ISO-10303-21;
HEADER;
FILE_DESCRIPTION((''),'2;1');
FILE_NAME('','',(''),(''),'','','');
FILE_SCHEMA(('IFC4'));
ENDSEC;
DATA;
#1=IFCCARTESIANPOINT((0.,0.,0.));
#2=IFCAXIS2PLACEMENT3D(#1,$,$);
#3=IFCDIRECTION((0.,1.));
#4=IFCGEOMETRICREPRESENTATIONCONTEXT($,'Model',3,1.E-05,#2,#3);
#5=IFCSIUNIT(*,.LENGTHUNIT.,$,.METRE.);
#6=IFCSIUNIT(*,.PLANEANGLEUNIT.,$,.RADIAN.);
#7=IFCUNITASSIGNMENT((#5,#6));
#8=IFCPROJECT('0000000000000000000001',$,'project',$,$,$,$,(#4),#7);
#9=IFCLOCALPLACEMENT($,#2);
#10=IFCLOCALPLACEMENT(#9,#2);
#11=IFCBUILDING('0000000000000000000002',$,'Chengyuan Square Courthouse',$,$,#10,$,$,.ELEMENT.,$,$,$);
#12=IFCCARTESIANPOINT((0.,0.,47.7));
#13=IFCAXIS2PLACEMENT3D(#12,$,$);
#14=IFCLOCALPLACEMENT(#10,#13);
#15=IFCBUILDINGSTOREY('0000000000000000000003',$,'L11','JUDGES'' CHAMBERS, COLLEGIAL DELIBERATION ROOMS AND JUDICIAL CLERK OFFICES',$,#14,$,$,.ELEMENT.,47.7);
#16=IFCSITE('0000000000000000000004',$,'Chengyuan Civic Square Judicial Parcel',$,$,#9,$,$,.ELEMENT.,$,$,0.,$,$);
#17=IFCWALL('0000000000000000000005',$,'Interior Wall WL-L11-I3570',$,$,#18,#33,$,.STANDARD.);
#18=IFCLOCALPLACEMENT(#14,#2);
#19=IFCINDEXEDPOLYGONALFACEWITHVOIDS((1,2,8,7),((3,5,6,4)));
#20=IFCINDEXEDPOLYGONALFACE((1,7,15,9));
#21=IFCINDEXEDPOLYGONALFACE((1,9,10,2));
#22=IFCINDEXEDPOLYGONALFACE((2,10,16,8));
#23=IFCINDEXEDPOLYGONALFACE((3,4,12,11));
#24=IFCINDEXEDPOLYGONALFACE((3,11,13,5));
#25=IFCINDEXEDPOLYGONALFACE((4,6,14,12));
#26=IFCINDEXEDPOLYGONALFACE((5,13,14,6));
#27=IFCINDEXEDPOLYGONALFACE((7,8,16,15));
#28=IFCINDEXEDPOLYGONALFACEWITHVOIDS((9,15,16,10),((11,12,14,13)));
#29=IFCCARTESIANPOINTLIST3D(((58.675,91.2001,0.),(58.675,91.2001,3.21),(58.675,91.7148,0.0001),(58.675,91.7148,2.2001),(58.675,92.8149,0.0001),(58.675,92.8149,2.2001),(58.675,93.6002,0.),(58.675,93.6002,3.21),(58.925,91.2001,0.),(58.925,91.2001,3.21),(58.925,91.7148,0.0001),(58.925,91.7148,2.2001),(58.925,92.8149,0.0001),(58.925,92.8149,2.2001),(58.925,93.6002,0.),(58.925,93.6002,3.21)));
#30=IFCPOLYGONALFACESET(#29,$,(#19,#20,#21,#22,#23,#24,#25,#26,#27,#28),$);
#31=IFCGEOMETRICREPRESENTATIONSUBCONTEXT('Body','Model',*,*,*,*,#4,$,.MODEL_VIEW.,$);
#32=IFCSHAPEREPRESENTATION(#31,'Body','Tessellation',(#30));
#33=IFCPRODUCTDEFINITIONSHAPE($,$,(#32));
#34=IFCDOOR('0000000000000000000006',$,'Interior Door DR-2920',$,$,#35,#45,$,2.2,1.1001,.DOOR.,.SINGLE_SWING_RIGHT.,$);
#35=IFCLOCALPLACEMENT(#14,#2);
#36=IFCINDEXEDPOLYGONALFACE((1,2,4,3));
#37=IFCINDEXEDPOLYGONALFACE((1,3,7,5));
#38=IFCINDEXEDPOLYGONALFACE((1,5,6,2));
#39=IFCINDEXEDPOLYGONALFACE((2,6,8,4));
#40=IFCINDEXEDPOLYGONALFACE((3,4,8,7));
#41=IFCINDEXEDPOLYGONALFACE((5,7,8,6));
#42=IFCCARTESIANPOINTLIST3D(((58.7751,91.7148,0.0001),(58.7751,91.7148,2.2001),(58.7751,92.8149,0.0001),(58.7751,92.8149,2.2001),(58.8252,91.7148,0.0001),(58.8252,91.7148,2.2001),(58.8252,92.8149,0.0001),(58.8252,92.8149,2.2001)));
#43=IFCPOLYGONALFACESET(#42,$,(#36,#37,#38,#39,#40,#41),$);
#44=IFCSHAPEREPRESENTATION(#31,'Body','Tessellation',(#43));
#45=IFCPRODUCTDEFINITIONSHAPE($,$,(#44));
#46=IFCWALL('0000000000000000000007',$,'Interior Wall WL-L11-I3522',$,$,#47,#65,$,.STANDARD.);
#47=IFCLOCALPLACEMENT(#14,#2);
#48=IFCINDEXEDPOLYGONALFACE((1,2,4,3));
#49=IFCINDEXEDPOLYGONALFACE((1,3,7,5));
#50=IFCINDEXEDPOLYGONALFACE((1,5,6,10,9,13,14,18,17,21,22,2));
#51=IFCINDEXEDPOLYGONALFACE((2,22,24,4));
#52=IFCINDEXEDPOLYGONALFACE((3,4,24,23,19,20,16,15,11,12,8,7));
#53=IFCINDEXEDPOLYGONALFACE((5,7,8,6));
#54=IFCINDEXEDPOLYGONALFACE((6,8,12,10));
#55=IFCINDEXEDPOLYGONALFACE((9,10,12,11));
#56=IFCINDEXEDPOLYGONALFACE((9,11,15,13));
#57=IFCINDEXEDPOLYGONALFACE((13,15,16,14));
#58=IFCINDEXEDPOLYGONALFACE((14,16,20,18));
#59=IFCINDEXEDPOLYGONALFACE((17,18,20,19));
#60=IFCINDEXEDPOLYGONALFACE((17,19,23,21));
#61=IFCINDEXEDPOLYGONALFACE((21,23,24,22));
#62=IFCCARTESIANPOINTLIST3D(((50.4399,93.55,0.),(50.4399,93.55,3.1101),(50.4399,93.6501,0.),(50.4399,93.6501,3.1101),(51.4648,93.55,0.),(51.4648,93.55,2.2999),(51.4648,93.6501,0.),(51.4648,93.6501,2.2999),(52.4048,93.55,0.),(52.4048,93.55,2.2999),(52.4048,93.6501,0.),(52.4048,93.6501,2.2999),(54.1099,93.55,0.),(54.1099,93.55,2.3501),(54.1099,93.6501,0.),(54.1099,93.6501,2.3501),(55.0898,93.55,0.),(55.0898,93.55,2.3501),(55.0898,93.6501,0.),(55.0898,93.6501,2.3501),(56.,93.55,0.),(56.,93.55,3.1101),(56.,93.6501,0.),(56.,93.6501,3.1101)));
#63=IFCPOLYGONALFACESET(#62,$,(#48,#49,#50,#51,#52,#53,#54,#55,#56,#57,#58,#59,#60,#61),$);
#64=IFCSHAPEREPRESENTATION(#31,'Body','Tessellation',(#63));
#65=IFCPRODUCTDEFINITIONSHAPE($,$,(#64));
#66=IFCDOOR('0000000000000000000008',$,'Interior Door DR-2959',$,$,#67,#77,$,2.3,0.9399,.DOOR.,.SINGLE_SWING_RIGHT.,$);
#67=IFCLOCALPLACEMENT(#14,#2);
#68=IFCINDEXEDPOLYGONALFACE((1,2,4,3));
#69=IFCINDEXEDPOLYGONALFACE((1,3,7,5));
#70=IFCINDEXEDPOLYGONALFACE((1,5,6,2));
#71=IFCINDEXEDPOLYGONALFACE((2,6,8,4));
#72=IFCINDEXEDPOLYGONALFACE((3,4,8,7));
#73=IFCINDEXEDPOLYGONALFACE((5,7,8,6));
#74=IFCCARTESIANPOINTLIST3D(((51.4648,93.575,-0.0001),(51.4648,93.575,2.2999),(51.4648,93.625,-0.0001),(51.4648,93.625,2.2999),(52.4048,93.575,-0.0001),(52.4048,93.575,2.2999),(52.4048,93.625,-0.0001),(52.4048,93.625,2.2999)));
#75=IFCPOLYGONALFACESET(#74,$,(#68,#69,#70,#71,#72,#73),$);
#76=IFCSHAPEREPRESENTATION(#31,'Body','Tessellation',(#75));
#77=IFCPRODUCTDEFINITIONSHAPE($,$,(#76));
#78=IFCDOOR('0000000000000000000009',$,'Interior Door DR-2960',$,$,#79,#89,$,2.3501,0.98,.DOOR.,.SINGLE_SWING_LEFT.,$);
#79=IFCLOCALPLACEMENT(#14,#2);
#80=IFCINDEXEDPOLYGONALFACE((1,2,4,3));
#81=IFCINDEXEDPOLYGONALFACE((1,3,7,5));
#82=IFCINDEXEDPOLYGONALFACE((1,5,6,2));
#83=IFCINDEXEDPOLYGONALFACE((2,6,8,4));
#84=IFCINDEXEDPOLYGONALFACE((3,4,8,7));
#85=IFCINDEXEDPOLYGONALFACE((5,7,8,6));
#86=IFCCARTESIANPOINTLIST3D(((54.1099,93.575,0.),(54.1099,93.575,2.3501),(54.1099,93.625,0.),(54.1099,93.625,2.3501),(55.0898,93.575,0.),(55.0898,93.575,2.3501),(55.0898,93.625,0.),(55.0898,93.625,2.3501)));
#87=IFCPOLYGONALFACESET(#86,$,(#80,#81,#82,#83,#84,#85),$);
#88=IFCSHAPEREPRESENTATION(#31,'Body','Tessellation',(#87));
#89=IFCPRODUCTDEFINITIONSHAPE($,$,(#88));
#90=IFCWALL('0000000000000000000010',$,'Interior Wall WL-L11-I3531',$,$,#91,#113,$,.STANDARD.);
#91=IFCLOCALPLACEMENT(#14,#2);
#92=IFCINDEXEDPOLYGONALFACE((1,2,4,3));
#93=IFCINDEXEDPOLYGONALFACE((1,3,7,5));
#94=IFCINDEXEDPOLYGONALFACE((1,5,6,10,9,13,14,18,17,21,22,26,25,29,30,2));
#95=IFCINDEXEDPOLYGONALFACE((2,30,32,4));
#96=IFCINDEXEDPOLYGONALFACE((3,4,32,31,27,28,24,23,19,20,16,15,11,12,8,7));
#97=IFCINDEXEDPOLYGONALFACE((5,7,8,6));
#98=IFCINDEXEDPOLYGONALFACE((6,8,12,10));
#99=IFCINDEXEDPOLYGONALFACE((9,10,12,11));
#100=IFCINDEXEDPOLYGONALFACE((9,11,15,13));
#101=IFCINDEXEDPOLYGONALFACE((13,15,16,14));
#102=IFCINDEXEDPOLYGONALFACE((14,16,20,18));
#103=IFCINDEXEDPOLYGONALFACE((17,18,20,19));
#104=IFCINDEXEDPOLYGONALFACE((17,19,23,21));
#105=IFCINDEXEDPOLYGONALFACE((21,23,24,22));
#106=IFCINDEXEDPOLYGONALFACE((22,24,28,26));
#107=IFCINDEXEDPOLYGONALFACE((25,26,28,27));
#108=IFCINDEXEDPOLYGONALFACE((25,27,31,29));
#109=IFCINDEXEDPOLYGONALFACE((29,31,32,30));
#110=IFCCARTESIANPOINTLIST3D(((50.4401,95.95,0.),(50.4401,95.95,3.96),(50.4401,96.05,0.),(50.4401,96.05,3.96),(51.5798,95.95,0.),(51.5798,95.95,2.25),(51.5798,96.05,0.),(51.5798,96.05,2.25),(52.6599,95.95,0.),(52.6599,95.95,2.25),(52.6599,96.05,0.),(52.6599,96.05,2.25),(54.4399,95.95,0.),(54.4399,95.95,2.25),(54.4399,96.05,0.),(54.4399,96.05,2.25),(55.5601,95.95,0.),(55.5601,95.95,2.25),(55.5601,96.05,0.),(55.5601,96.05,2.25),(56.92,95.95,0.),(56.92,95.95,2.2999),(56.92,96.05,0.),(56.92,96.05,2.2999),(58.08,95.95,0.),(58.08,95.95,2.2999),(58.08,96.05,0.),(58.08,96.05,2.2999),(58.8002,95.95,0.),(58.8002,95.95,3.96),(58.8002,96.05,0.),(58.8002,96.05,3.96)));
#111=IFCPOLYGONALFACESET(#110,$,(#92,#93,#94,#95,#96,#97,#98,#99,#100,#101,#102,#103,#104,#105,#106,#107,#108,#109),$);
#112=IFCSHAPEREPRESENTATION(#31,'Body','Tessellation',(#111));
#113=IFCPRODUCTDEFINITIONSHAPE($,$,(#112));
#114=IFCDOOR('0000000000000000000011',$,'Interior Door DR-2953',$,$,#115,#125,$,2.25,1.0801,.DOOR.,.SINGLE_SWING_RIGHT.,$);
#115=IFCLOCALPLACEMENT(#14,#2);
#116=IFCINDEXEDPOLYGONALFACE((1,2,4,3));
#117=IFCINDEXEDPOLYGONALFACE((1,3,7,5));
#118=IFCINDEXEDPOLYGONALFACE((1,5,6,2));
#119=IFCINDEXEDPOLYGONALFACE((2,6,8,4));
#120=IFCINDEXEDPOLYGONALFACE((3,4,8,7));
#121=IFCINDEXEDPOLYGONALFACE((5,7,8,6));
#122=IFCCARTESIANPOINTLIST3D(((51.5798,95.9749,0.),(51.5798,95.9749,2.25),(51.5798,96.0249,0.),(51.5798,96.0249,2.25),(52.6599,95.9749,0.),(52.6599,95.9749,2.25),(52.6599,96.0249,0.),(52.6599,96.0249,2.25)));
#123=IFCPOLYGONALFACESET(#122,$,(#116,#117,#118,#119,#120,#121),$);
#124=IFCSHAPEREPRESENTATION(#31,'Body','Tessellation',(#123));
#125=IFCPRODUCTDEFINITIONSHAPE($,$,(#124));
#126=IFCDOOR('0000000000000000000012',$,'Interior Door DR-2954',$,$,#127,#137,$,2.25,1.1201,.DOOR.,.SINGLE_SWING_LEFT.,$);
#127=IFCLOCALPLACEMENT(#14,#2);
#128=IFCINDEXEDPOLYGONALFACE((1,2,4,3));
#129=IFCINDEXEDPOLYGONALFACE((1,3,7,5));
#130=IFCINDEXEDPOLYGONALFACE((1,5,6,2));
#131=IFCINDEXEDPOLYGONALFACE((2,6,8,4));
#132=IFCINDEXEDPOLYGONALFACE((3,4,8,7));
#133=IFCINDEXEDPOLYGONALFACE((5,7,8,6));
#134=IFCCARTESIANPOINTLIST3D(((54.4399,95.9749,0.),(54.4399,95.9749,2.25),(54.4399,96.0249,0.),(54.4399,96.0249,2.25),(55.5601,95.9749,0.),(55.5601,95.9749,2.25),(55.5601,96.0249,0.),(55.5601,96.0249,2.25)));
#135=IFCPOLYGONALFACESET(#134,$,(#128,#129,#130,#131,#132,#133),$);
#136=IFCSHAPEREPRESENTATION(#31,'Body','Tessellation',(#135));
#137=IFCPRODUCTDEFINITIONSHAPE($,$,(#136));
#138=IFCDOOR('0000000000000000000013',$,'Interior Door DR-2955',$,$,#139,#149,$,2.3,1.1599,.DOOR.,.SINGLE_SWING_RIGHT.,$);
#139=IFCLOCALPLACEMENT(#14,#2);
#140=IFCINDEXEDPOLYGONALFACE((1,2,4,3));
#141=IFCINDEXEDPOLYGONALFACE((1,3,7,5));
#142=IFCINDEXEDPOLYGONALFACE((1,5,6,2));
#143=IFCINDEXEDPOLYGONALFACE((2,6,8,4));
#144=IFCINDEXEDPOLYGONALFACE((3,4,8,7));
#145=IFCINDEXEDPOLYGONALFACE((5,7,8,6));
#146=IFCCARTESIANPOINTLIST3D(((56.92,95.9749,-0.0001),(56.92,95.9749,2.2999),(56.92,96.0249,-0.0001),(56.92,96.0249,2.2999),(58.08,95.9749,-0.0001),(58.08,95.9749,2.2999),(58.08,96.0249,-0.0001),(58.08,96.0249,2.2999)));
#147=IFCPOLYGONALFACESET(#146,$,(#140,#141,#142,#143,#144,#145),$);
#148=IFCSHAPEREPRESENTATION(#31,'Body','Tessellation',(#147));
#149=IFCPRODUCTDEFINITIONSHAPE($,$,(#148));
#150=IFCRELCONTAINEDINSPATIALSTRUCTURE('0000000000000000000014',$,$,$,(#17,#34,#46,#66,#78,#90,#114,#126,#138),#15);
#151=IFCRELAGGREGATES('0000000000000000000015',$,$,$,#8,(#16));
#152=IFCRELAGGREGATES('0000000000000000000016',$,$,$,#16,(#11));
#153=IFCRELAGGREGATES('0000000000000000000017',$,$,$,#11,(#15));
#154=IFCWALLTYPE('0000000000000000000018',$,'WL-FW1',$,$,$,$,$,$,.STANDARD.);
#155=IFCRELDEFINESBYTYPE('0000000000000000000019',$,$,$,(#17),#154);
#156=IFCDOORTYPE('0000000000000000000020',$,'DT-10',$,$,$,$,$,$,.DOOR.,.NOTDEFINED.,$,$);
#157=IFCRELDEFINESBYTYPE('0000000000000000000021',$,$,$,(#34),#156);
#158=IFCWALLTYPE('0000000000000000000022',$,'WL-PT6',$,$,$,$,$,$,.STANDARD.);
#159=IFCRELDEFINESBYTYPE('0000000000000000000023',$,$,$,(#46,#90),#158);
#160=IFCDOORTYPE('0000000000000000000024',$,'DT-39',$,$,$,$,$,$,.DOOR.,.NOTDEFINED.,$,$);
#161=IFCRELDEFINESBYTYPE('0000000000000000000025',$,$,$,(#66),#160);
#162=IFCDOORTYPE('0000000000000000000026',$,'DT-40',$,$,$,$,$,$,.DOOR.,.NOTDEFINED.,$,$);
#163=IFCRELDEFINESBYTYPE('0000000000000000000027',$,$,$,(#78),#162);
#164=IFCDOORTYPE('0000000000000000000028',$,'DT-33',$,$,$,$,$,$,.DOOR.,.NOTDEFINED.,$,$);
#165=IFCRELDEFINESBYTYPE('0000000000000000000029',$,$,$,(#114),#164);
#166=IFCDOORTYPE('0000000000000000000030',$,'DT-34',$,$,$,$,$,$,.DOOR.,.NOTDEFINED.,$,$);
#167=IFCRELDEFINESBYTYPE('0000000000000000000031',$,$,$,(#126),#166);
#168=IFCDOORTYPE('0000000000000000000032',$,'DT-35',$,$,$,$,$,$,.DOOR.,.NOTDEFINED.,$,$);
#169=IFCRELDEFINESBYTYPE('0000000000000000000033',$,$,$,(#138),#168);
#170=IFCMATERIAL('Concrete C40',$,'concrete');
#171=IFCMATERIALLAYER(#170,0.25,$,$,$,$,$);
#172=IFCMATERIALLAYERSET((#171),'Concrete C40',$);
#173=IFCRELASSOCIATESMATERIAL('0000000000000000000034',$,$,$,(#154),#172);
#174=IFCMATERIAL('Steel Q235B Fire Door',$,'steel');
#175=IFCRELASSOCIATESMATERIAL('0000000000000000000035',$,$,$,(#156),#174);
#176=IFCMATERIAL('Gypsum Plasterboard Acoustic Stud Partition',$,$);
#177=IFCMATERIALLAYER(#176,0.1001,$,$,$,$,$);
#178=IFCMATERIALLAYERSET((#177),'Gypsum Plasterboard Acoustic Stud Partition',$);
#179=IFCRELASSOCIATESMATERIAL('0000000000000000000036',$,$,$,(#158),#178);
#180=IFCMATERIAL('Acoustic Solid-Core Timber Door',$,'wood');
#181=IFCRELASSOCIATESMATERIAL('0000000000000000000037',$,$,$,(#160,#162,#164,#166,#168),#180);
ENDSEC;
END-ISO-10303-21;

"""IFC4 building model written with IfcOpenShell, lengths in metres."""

from ifc_helpers import new_model, si_unit, direction, frame, frame_2d, origin, place, context, subcontext, project, spatial, rectangle, extrude, material, layer, layer_set, type_object, element, fill, save


model = new_model("IFC4")

# Units and contexts
model_context = context("Model", 3, precision=1e-05, world=origin(), true_north=direction((0.0, 1.0)))
body_context = subcontext(model_context, "Body", "Model", "MODEL_VIEW")
ifc_project = project(units=[si_unit("LENGTHUNIT", "METRE"), si_unit("PLANEANGLEUNIT", "RADIAN")], contexts=[model_context])

# Site, building, storey
site_placement = place(None, origin())
site = spatial("IfcSite", under=ifc_project, at=site_placement, Name="Chengyuan Civic Square Judicial Parcel", CompositionType="ELEMENT", RefElevation=0.0)
building_placement = place(site_placement, origin())
building = spatial("IfcBuilding", under=site, at=building_placement, Name="Chengyuan Square Courthouse", CompositionType="ELEMENT")
storey_placement = place(building_placement, frame((0.0, 0.0, 47.7)))
storey = spatial("IfcBuildingStorey", under=building, at=storey_placement, Name="L11", Description="JUDGES' CHAMBERS, COLLEGIAL DELIBERATION ROOMS AND JUDICIAL CLERK OFFICES", CompositionType="ELEMENT", Elevation=47.7)

# Wall, opening, door
ifc_material_1 = material(Name="Concrete C40", Category="concrete")
ifc_layer_1 = layer(ifc_material_1, 0.25)
ifc_layer_set_1 = layer_set([ifc_layer_1], Name="Concrete C40")
wall_type_1 = type_object("IfcWallType", Name="WL-FW1", PredefinedType="STANDARD", material=ifc_layer_set_1)
wall_1_placement = place(storey_placement, frame((58.8, 91.2, 0.0), z_axis=(0.0, 0.0, 1.0), x_axis=(0.0, 1.0, 0.0)))
wall_1 = element("IfcWall", 1, at=wall_1_placement, inside=storey, type_object=wall_type_1, Name="Interior Wall WL-L11-I3570", PredefinedType="STANDARD", context=body_context, shape_type="SweptSolid", body=[
    extrude(rectangle(XDim=2.4001, YDim=0.25, at=frame_2d((1.2002, 0.0))), origin(), (0.0, 0.0, 1.0), 3.21),
])
opening_1_placement = place(wall_1_placement, frame((0.5149, 0.0, 0.0)))
opening_1 = element("IfcOpeningElement", 2, at=opening_1_placement, cuts=wall_1, PredefinedType="OPENING", context=body_context, shape_type="SweptSolid", body=[
    extrude(rectangle(XDim=1.1001, YDim=2.2, at=frame_2d((0.55, 1.1001))), frame((0.0, 0.137, 0.0), z_axis=(0.0, -1.0, 0.0), x_axis=(1.0, 0.0, 0.0)), (0.0, 0.0, 1.0), 0.2739),
])
ifc_material_2 = material(Name="Steel Q235B Fire Door", Category="steel")
door_type_1 = type_object("IfcDoorType", Name="DT-10", OperationType="NOTDEFINED", PredefinedType="DOOR", material=ifc_material_2)
door_1_placement = place(opening_1_placement, origin())
door_1 = element("IfcDoor", 3, at=door_1_placement, inside=storey, type_object=door_type_1, Name="Interior Door DR-2920", OperationType="SINGLE_SWING_RIGHT", OverallHeight=2.2, OverallWidth=1.1001, PredefinedType="DOOR", context=body_context, shape_type="SweptSolid", body=[
    extrude(rectangle(XDim=1.1001, YDim=2.2, at=frame_2d((0.55, 1.1001))), frame((0.0, 0.0249, 0.0), z_axis=(0.0, -1.0, 0.0), x_axis=(1.0, 0.0, 0.0)), (0.0, 0.0, 1.0), 0.05),
])
fill(opening_1, door_1)
ifc_material_3 = material(Name="Acoustic Solid-Core Timber Door", Category="wood")

# Walls, openings, doors
ifc_material_4 = material(Name="Gypsum Plasterboard Acoustic Stud Partition")
ifc_layer_2 = layer(ifc_material_4, 0.1001)
ifc_layer_set_2 = layer_set([ifc_layer_2], Name="Gypsum Plasterboard Acoustic Stud Partition")
wall_type_2 = type_object("IfcWallType", Name="WL-PT6", PredefinedType="STANDARD", material=ifc_layer_set_2)
wall_2_placement = place(storey_placement, frame((50.4399, 93.6001, 0.0), z_axis=(0.0, 0.0, 1.0), x_axis=(1.0, 0.0, 0.0)))
wall_2 = element("IfcWall", 4, at=wall_2_placement, inside=storey, type_object=wall_type_2, Name="Interior Wall WL-L11-I3522", PredefinedType="STANDARD", context=body_context, shape_type="SweptSolid", body=[
    extrude(rectangle(XDim=5.5601, YDim=0.1001, at=frame_2d((2.78, 0.0))), origin(), (0.0, 0.0, 1.0), 3.1101),
])
opening_2_placement = place(wall_2_placement, frame((1.0249, 0.0, 0.0)))
opening_2 = element("IfcOpeningElement", 5, at=opening_2_placement, cuts=wall_2, PredefinedType="OPENING", context=body_context, shape_type="SweptSolid", body=[
    extrude(rectangle(XDim=0.9399, YDim=2.3, at=frame_2d((0.47, 1.1499))), frame((0.0, 0.062, 0.0), z_axis=(0.0, -1.0, 0.0), x_axis=(1.0, 0.0, 0.0)), (0.0, 0.0, 1.0), 0.124),
])
opening_3_placement = place(wall_2_placement, frame((3.6699, 0.0, 0.0)))
opening_3 = element("IfcOpeningElement", 6, at=opening_3_placement, cuts=wall_2, PredefinedType="OPENING", context=body_context, shape_type="SweptSolid", body=[
    extrude(rectangle(XDim=0.98, YDim=2.3501, at=frame_2d((0.49, 1.175))), frame((0.0, 0.062, 0.0), z_axis=(0.0, -1.0, 0.0), x_axis=(1.0, 0.0, 0.0)), (0.0, 0.0, 1.0), 0.124),
])
door_type_2 = type_object("IfcDoorType", Name="DT-39", OperationType="NOTDEFINED", PredefinedType="DOOR", material=ifc_material_3)
door_2_placement = place(opening_2_placement, origin())
door_2 = element("IfcDoor", 7, at=door_2_placement, inside=storey, type_object=door_type_2, Name="Interior Door DR-2959", OperationType="SINGLE_SWING_RIGHT", OverallHeight=2.3, OverallWidth=0.9399, PredefinedType="DOOR", context=body_context, shape_type="SweptSolid", body=[
    extrude(rectangle(XDim=0.9399, YDim=2.3, at=frame_2d((0.47, 1.1499))), frame((0.0, 0.0249, 0.0), z_axis=(0.0, -1.0, 0.0), x_axis=(1.0, 0.0, 0.0)), (0.0, 0.0, 1.0), 0.05),
])
fill(opening_2, door_2)
door_type_3 = type_object("IfcDoorType", Name="DT-40", OperationType="NOTDEFINED", PredefinedType="DOOR", material=ifc_material_3)
door_3_placement = place(opening_3_placement, origin())
door_3 = element("IfcDoor", 8, at=door_3_placement, inside=storey, type_object=door_type_3, Name="Interior Door DR-2960", OperationType="SINGLE_SWING_LEFT", OverallHeight=2.3501, OverallWidth=0.98, PredefinedType="DOOR", context=body_context, shape_type="SweptSolid", body=[
    extrude(rectangle(XDim=0.98, YDim=2.3501, at=frame_2d((0.49, 1.175))), frame((0.0, 0.0249, 0.0), z_axis=(0.0, -1.0, 0.0), x_axis=(1.0, 0.0, 0.0)), (0.0, 0.0, 1.0), 0.05),
])
fill(opening_3, door_3)
wall_3_placement = place(storey_placement, frame((50.4399, 96.0, 0.0), z_axis=(0.0, 0.0, 1.0), x_axis=(1.0, 0.0, 0.0)))
wall_3 = element("IfcWall", 9, at=wall_3_placement, inside=storey, type_object=wall_type_2, Name="Interior Wall WL-L11-I3531", PredefinedType="STANDARD", context=body_context, shape_type="SweptSolid", body=[
    extrude(rectangle(XDim=8.3601, YDim=0.1001, at=frame_2d((4.1802, 0.0))), origin(), (0.0, 0.0, 1.0), 3.96),
])
opening_4_placement = place(wall_3_placement, frame((1.1399, 0.0, 0.0)))
opening_4 = element("IfcOpeningElement", 10, at=opening_4_placement, cuts=wall_3, PredefinedType="OPENING", context=body_context, shape_type="SweptSolid", body=[
    extrude(rectangle(XDim=1.0801, YDim=2.25, at=frame_2d((0.54, 1.125))), frame((0.0, 0.062, 0.0), z_axis=(0.0, -1.0, 0.0), x_axis=(1.0, 0.0, 0.0)), (0.0, 0.0, 1.0), 0.124),
])
opening_5_placement = place(wall_3_placement, frame((4.0, 0.0, 0.0)))
opening_5 = element("IfcOpeningElement", 11, at=opening_5_placement, cuts=wall_3, PredefinedType="OPENING", context=body_context, shape_type="SweptSolid", body=[
    extrude(rectangle(XDim=1.1201, YDim=2.25, at=frame_2d((0.5601, 1.125))), frame((0.0, 0.062, 0.0), z_axis=(0.0, -1.0, 0.0), x_axis=(1.0, 0.0, 0.0)), (0.0, 0.0, 1.0), 0.124),
])
opening_6_placement = place(wall_3_placement, frame((6.48, 0.0, 0.0)))
opening_6 = element("IfcOpeningElement", 12, at=opening_6_placement, cuts=wall_3, PredefinedType="OPENING", context=body_context, shape_type="SweptSolid", body=[
    extrude(rectangle(XDim=1.1599, YDim=2.3, at=frame_2d((0.5801, 1.1499))), frame((0.0, 0.062, 0.0), z_axis=(0.0, -1.0, 0.0), x_axis=(1.0, 0.0, 0.0)), (0.0, 0.0, 1.0), 0.124),
])
door_type_4 = type_object("IfcDoorType", Name="DT-33", OperationType="NOTDEFINED", PredefinedType="DOOR", material=ifc_material_3)
door_4_placement = place(opening_4_placement, origin())
door_4 = element("IfcDoor", 13, at=door_4_placement, inside=storey, type_object=door_type_4, Name="Interior Door DR-2953", OperationType="SINGLE_SWING_RIGHT", OverallHeight=2.25, OverallWidth=1.0801, PredefinedType="DOOR", context=body_context, shape_type="SweptSolid", body=[
    extrude(rectangle(XDim=1.0801, YDim=2.25, at=frame_2d((0.54, 1.125))), frame((0.0, 0.0249, 0.0), z_axis=(0.0, -1.0, 0.0), x_axis=(1.0, 0.0, 0.0)), (0.0, 0.0, 1.0), 0.05),
])
fill(opening_4, door_4)
door_type_5 = type_object("IfcDoorType", Name="DT-34", OperationType="NOTDEFINED", PredefinedType="DOOR", material=ifc_material_3)
door_5_placement = place(opening_5_placement, origin())
door_5 = element("IfcDoor", 14, at=door_5_placement, inside=storey, type_object=door_type_5, Name="Interior Door DR-2954", OperationType="SINGLE_SWING_LEFT", OverallHeight=2.25, OverallWidth=1.1201, PredefinedType="DOOR", context=body_context, shape_type="SweptSolid", body=[
    extrude(rectangle(XDim=1.1201, YDim=2.25, at=frame_2d((0.5601, 1.125))), frame((0.0, 0.0249, 0.0), z_axis=(0.0, -1.0, 0.0), x_axis=(1.0, 0.0, 0.0)), (0.0, 0.0, 1.0), 0.05),
])
fill(opening_5, door_5)
door_type_6 = type_object("IfcDoorType", Name="DT-35", OperationType="NOTDEFINED", PredefinedType="DOOR", material=ifc_material_3)
door_6_placement = place(opening_6_placement, origin())
door_6 = element("IfcDoor", 15, at=door_6_placement, inside=storey, type_object=door_type_6, Name="Interior Door DR-2955", OperationType="SINGLE_SWING_RIGHT", OverallHeight=2.3, OverallWidth=1.1599, PredefinedType="DOOR", context=body_context, shape_type="SweptSolid", body=[
    extrude(rectangle(XDim=1.1599, YDim=2.3, at=frame_2d((0.5801, 1.1499))), frame((0.0, 0.0249, 0.0), z_axis=(0.0, -1.0, 0.0), x_axis=(1.0, 0.0, 0.0)), (0.0, 0.0, 1.0), 0.05),
])
fill(opening_6, door_6)

save(model, "model.ifc")
